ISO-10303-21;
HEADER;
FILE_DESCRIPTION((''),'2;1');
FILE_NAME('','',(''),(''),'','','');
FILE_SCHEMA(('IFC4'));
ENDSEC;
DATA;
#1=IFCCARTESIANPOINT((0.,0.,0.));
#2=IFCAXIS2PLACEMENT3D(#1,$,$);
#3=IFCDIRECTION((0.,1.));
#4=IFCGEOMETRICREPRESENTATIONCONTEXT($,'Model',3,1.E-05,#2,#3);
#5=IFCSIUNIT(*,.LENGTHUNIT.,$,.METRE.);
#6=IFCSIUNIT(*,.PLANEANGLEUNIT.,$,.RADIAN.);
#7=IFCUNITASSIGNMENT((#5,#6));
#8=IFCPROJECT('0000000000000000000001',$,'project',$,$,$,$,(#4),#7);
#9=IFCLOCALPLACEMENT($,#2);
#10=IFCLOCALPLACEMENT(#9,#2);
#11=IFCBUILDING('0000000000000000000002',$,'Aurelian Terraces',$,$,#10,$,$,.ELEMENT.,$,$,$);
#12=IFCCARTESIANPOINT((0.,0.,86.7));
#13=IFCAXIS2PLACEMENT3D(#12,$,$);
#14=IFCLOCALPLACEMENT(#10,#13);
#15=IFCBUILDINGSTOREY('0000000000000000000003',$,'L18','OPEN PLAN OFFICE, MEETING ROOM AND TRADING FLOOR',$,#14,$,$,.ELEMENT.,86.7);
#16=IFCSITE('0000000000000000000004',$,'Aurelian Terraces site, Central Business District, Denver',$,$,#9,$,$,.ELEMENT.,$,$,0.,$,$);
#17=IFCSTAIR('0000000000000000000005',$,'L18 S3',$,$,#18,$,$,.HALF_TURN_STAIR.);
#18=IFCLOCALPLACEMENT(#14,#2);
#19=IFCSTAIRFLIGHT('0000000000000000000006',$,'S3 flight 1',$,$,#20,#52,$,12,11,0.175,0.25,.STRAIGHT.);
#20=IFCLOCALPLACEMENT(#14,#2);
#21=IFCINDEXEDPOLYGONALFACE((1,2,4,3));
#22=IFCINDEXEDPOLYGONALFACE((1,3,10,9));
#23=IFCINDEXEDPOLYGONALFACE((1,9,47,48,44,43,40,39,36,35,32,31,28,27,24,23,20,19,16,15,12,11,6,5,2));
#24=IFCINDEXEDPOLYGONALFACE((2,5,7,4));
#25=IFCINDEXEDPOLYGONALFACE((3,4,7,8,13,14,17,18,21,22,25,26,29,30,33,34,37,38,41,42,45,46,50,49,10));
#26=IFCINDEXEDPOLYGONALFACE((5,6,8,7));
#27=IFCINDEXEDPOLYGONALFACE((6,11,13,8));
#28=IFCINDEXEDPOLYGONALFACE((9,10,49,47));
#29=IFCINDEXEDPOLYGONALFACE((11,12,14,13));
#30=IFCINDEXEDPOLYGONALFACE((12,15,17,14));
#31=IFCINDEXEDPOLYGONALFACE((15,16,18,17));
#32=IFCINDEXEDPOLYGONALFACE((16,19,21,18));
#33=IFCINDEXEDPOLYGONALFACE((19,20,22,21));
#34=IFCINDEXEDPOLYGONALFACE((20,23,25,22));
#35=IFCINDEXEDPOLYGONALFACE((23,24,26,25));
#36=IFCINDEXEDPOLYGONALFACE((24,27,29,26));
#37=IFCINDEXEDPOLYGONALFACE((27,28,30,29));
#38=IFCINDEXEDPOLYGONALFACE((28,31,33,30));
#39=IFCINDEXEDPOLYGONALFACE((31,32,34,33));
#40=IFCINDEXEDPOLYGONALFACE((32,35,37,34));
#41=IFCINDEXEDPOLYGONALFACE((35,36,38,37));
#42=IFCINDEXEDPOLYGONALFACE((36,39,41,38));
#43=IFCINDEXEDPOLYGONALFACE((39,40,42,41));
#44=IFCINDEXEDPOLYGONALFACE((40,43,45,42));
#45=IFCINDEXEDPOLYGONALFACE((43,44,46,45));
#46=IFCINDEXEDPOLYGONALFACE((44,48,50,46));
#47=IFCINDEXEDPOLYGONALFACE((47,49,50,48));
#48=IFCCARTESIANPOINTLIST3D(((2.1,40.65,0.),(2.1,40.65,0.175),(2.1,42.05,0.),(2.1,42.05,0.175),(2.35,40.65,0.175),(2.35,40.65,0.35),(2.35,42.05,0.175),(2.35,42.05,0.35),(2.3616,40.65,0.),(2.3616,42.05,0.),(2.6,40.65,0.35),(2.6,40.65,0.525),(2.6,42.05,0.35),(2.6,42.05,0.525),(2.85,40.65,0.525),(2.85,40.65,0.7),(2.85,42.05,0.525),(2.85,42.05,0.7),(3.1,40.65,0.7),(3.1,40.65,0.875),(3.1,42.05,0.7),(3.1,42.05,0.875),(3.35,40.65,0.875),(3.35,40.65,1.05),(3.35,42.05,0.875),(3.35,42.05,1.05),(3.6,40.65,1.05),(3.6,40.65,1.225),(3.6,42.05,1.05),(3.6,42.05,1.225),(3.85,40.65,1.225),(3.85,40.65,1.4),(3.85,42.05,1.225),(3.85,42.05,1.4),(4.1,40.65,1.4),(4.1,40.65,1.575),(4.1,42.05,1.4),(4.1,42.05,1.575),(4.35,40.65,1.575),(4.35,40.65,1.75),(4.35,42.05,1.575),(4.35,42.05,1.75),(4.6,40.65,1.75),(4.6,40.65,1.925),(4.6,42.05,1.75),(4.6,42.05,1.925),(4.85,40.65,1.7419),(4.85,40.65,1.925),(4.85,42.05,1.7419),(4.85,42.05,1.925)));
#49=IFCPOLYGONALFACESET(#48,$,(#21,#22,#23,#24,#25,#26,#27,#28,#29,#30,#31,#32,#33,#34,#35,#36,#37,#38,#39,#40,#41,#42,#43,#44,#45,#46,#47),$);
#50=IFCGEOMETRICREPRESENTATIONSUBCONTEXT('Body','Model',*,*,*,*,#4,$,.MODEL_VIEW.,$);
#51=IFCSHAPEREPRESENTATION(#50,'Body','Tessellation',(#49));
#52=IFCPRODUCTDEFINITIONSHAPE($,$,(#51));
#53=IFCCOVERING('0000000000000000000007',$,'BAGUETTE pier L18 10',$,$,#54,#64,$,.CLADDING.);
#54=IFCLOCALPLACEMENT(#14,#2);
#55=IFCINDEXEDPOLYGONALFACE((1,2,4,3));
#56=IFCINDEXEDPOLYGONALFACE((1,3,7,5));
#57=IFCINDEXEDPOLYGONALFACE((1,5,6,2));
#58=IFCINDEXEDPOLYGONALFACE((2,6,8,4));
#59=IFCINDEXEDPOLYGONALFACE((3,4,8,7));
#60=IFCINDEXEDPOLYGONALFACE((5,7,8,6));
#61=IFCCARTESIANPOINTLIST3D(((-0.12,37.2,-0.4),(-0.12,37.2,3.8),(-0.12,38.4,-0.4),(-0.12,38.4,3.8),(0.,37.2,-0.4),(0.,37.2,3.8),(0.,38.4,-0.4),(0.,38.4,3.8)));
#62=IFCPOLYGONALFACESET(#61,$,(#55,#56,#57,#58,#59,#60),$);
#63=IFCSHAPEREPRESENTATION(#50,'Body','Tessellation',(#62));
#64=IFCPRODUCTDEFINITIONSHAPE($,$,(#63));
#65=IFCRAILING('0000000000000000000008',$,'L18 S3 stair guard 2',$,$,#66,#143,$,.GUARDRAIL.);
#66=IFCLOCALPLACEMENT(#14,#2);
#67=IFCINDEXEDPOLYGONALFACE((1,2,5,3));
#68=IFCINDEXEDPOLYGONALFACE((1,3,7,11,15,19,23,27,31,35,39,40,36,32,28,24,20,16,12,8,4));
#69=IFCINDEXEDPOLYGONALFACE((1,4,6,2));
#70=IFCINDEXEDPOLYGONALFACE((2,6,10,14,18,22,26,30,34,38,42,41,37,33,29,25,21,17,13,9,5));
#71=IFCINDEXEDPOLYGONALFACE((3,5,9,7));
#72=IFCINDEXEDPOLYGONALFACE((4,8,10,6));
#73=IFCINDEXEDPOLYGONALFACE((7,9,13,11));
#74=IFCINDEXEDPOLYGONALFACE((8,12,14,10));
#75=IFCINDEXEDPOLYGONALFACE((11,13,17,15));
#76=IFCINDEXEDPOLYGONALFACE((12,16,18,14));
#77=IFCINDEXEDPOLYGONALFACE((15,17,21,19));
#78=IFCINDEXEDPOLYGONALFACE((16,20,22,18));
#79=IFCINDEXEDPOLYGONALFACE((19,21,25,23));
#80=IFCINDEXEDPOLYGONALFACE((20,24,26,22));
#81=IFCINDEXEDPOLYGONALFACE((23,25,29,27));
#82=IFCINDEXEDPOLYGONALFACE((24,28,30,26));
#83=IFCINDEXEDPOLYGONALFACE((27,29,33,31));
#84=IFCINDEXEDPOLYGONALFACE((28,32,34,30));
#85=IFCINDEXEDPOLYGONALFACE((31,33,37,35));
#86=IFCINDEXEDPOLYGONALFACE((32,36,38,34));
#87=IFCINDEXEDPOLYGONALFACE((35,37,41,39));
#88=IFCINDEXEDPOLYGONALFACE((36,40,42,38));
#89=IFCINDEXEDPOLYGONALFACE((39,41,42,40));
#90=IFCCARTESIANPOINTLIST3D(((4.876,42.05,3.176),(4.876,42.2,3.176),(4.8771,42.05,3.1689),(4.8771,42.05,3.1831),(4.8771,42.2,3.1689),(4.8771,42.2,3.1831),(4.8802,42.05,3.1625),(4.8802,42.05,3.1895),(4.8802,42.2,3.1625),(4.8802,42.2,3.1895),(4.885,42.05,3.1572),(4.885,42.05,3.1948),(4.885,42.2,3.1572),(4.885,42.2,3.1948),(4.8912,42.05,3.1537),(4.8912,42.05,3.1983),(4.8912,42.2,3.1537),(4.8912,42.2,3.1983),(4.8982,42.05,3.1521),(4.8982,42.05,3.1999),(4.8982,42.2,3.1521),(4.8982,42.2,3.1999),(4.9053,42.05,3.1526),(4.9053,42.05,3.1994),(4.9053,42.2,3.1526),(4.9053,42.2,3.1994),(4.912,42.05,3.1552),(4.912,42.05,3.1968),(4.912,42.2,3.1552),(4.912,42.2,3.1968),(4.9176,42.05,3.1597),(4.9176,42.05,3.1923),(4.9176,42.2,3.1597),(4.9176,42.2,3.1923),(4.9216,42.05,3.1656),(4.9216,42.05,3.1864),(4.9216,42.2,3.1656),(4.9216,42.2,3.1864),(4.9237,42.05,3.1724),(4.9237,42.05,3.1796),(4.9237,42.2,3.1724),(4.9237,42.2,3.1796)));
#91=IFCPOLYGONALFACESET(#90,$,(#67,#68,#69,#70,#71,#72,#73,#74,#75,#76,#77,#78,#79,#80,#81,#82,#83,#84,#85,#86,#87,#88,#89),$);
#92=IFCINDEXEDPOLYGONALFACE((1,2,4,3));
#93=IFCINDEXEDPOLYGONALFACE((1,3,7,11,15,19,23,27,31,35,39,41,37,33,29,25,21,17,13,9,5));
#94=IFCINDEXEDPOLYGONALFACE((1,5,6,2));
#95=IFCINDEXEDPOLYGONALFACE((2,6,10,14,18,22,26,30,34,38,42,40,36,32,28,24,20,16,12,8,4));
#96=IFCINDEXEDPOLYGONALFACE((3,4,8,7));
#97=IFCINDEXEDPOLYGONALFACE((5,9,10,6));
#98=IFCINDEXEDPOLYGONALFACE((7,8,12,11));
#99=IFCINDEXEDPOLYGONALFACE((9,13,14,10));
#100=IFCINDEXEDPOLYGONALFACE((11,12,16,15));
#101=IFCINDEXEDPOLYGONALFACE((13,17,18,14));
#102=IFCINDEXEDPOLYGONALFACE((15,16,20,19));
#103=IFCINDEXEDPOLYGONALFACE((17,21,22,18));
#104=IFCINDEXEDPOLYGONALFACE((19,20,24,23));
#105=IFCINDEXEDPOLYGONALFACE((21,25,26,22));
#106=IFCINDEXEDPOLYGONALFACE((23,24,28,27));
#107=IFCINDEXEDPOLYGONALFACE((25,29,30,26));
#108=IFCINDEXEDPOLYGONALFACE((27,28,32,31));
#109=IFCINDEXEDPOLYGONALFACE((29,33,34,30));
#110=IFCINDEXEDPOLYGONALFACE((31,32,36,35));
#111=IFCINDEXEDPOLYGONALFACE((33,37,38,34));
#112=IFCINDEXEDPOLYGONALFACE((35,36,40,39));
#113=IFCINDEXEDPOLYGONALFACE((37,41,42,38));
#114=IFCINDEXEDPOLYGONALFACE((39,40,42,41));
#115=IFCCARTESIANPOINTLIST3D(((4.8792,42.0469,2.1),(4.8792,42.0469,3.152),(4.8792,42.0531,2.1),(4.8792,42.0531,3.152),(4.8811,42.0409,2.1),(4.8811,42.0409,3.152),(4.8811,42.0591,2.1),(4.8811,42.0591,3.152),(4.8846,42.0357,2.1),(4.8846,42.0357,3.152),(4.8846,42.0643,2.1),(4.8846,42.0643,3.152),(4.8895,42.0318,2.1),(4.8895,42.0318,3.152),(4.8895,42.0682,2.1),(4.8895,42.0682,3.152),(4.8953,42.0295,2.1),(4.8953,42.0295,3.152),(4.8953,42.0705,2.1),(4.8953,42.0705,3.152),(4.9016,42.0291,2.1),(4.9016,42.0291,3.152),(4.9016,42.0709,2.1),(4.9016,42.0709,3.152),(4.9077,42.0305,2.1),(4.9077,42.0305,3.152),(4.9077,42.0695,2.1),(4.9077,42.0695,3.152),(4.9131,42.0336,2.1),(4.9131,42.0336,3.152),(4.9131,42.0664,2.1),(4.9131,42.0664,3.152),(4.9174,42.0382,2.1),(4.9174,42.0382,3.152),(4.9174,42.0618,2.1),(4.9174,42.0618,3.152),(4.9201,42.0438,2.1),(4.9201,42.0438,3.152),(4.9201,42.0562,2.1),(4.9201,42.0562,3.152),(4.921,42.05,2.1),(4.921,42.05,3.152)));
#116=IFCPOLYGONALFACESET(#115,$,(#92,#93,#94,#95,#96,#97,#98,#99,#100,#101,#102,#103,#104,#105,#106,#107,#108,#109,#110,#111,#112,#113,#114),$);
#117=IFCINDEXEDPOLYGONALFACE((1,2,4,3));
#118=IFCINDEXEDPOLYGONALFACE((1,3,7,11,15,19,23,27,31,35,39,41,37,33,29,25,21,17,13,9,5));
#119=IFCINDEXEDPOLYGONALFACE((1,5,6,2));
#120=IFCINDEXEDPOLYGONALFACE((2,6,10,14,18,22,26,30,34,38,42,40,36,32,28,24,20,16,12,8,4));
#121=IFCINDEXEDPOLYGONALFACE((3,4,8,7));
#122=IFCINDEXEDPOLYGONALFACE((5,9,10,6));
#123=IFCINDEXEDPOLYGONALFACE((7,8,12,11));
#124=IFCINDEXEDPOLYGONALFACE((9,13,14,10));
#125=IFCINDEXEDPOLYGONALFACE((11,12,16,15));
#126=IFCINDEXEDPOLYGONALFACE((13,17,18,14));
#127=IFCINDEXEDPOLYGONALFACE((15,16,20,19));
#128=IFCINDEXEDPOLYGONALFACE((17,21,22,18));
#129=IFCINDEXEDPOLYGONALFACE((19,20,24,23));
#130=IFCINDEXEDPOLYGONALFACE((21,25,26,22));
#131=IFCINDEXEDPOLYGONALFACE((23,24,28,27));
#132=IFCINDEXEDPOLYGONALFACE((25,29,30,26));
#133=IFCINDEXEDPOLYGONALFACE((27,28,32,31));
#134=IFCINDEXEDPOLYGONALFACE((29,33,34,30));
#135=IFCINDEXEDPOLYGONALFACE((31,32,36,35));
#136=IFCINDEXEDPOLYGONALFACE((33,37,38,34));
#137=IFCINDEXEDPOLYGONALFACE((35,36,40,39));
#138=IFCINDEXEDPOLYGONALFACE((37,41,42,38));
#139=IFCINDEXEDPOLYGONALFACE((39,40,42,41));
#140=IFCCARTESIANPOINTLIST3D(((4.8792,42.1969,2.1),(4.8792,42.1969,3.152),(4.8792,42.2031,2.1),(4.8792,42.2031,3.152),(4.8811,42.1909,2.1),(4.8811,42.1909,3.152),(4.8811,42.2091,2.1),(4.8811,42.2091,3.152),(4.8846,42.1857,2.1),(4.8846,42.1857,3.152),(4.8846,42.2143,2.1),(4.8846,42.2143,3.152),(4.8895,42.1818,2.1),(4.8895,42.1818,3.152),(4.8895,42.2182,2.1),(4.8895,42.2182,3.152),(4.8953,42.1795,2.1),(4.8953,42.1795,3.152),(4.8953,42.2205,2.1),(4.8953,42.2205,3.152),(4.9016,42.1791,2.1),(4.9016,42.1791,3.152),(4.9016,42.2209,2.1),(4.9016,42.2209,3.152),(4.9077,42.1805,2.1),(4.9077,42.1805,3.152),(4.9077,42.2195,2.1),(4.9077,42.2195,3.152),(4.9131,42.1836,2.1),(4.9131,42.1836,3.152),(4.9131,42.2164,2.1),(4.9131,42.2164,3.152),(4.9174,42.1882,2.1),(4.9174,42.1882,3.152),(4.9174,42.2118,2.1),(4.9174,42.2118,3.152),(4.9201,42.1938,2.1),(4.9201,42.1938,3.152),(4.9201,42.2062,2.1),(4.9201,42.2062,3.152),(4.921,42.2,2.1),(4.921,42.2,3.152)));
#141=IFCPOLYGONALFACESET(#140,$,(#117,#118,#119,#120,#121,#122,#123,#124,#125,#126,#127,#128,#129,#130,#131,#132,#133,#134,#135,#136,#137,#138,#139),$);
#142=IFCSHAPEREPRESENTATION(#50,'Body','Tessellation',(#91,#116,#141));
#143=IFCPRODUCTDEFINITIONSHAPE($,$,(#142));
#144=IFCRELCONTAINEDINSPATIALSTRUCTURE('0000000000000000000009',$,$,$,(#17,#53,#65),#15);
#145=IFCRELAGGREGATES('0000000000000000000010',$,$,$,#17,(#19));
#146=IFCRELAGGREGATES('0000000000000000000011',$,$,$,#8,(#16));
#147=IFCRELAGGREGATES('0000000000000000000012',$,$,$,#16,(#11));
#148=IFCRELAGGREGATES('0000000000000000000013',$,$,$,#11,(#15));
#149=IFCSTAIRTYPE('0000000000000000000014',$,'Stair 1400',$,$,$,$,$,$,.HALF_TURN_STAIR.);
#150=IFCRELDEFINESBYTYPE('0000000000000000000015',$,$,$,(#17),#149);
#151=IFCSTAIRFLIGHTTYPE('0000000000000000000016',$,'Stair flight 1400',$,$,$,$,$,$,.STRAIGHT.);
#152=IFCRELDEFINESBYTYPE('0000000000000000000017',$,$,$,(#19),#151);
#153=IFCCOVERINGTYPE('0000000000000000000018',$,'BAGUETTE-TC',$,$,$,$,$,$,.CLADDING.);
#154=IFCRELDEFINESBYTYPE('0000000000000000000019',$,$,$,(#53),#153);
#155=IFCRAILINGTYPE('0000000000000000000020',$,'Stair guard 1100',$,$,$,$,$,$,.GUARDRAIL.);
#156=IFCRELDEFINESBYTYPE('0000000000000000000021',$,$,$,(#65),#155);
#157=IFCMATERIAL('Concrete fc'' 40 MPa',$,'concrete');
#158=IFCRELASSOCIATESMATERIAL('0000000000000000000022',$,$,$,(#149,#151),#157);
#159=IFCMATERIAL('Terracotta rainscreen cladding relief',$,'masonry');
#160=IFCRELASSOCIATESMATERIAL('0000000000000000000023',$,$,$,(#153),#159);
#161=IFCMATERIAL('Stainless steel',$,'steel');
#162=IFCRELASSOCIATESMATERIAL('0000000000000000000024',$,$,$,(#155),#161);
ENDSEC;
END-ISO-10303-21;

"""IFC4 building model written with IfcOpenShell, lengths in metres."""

from ifc_helpers import new_model, si_unit, direction, frame, origin, origin_2d, place, context, subcontext, project, spatial, polyline, rectangle, circle, outline, extrude, source, transform, mapped, material, type_object, element, aggregate, save


model = new_model("IFC4")

# Units and contexts
model_context = context("Model", 3, precision=1e-05, world=origin(), true_north=direction((0.0, 1.0)))
body_context = subcontext(model_context, "Body", "Model", "MODEL_VIEW")
ifc_project = project(units=[si_unit("LENGTHUNIT", "METRE"), si_unit("PLANEANGLEUNIT", "RADIAN")], contexts=[model_context])

# Site, building, storey
site_placement = place(None, origin())
site = spatial("IfcSite", under=ifc_project, at=site_placement, Name="Aurelian Terraces site, Central Business District, Denver", CompositionType="ELEMENT", RefElevation=0.0)
building_placement = place(site_placement, origin())
building = spatial("IfcBuilding", under=site, at=building_placement, Name="Aurelian Terraces", CompositionType="ELEMENT")
storey_placement = place(building_placement, frame((0.0, 0.0, 86.7)))
storey = spatial("IfcBuildingStorey", under=building, at=storey_placement, Name="L18", Description="OPEN PLAN OFFICE, MEETING ROOM AND TRADING FLOOR", CompositionType="ELEMENT", Elevation=86.7)

# Shared definitions
ifc_material_1 = material(Name="Concrete fc' 40 MPa", Category="concrete")

# Stair, stair flight
stair_type = type_object("IfcStairType", Name="Stair 1400", PredefinedType="HALF_TURN_STAIR", material=ifc_material_1)
stair_placement = place(storey_placement, origin())
stair = element("IfcStair", 1, at=stair_placement, inside=storey, type_object=stair_type, Name="L18 S3", PredefinedType="HALF_TURN_STAIR")
stair_flight_type = type_object("IfcStairFlightType", Name="Stair flight 1400", PredefinedType="STRAIGHT", material=ifc_material_1)
shared_shape_1 = source(origin(), body_context, "Body", "SweptSolid", [
    extrude(outline(polyline([(0.0, 0.0), (0.0, 0.175), (0.25, 0.175), (0.25, 0.35), (0.5, 0.35), (0.5, 0.525), (0.75, 0.525), (0.75, 0.7), (1.0, 0.7), (1.0, 0.875), (1.25, 0.875), (1.25, 1.05), (1.5, 1.05), (1.5, 1.225), (1.75, 1.225), (1.75, 1.4), (2.0, 1.4), (2.0, 1.575), (2.25, 1.575), (2.25, 1.75), (2.5, 1.75), (2.5, 1.925), (2.75, 1.925), (2.75, 2.1), (2.75, 1.7419), (0.2616, 0.0), (0.0, 0.0)])), frame((0.0, 0.7, 0.0), z_axis=(0.0, -1.0, 0.0), x_axis=(1.0, 0.0, 0.0)), (0.0, 0.0, 1.0), 1.4),
])
stair_flight_placement = place(storey_placement, frame((2.1, 41.35, 0.0), z_axis=(0.0, 0.0, 1.0), x_axis=(1.0, 0.0, 0.0)))
stair_flight = element("IfcStairFlight", 2, at=stair_flight_placement, type_object=stair_flight_type, Name="S3 flight 1", NumberOfRisers=12, NumberOfTreads=11, PredefinedType="STRAIGHT", RiserHeight=0.175, TreadLength=0.25, context=body_context, shape_type="MappedRepresentation", body=[
    mapped(shared_shape_1, transform((0.0, 0.0, 0.0), scale=1.0)),
])
aggregate(stair, [stair_flight])

# Covering
ifc_material_2 = material(Name="Terracotta rainscreen cladding relief", Category="masonry")
covering_type = type_object("IfcCoveringType", Name="BAGUETTE-TC", PredefinedType="CLADDING", material=ifc_material_2)
shared_shape_2 = source(origin(), body_context, "Body", "SweptSolid", [
    extrude(rectangle(XDim=0.12, YDim=1.2, at=origin_2d()), origin(), (0.0, 0.0, 1.0), 4.2),
])
covering_placement = place(storey_placement, frame((-0.06, 37.8, -0.4), z_axis=(0.0, 0.0, 1.0), x_axis=(1.0, 0.0, 0.0)))
element("IfcCovering", 3, at=covering_placement, inside=storey, type_object=covering_type, Name="BAGUETTE pier L18 10", PredefinedType="CLADDING", context=body_context, shape_type="MappedRepresentation", body=[
    mapped(shared_shape_2, transform((0.0, 0.0, 0.0), scale=1.0)),
])

# Railing
ifc_material_3 = material(Name="Stainless steel", Category="steel")
railing_type_1 = type_object("IfcRailingType", Name="Stair guard 1100", PredefinedType="GUARDRAIL", material=ifc_material_3)
shared_shape_3 = source(origin(), body_context, "Body", "SweptSolid", [
    extrude(circle(Radius=0.024, at=origin_2d()), frame((0.0, 0.0, 1.076), z_axis=(0.0, 1.0, 0.0), x_axis=(-1.0, 0.0, 0.0)), (0.0, 0.0, 1.0), 0.15),
    extrude(circle(Radius=0.021, at=origin_2d()), origin(), (0.0, 0.0, 1.0), 1.052),
    extrude(circle(Radius=0.021, at=origin_2d()), frame((0.0, 0.15, 0.0)), (0.0, 0.0, 1.0), 1.052),
])
for number, where, name in (
    (4, (4.9, 42.05, 2.1), "L18 S3 stair guard 2"),
):
    element("IfcRailing", number, at=place(storey_placement, frame(where)), inside=storey, type_object=railing_type_1, Name=name, PredefinedType="GUARDRAIL", context=body_context, shape_type="MappedRepresentation", body=[
        mapped(shared_shape_3, transform((0.0, 0.0, 0.0), scale=1.0)),
    ])

save(model, "model.ifc")
